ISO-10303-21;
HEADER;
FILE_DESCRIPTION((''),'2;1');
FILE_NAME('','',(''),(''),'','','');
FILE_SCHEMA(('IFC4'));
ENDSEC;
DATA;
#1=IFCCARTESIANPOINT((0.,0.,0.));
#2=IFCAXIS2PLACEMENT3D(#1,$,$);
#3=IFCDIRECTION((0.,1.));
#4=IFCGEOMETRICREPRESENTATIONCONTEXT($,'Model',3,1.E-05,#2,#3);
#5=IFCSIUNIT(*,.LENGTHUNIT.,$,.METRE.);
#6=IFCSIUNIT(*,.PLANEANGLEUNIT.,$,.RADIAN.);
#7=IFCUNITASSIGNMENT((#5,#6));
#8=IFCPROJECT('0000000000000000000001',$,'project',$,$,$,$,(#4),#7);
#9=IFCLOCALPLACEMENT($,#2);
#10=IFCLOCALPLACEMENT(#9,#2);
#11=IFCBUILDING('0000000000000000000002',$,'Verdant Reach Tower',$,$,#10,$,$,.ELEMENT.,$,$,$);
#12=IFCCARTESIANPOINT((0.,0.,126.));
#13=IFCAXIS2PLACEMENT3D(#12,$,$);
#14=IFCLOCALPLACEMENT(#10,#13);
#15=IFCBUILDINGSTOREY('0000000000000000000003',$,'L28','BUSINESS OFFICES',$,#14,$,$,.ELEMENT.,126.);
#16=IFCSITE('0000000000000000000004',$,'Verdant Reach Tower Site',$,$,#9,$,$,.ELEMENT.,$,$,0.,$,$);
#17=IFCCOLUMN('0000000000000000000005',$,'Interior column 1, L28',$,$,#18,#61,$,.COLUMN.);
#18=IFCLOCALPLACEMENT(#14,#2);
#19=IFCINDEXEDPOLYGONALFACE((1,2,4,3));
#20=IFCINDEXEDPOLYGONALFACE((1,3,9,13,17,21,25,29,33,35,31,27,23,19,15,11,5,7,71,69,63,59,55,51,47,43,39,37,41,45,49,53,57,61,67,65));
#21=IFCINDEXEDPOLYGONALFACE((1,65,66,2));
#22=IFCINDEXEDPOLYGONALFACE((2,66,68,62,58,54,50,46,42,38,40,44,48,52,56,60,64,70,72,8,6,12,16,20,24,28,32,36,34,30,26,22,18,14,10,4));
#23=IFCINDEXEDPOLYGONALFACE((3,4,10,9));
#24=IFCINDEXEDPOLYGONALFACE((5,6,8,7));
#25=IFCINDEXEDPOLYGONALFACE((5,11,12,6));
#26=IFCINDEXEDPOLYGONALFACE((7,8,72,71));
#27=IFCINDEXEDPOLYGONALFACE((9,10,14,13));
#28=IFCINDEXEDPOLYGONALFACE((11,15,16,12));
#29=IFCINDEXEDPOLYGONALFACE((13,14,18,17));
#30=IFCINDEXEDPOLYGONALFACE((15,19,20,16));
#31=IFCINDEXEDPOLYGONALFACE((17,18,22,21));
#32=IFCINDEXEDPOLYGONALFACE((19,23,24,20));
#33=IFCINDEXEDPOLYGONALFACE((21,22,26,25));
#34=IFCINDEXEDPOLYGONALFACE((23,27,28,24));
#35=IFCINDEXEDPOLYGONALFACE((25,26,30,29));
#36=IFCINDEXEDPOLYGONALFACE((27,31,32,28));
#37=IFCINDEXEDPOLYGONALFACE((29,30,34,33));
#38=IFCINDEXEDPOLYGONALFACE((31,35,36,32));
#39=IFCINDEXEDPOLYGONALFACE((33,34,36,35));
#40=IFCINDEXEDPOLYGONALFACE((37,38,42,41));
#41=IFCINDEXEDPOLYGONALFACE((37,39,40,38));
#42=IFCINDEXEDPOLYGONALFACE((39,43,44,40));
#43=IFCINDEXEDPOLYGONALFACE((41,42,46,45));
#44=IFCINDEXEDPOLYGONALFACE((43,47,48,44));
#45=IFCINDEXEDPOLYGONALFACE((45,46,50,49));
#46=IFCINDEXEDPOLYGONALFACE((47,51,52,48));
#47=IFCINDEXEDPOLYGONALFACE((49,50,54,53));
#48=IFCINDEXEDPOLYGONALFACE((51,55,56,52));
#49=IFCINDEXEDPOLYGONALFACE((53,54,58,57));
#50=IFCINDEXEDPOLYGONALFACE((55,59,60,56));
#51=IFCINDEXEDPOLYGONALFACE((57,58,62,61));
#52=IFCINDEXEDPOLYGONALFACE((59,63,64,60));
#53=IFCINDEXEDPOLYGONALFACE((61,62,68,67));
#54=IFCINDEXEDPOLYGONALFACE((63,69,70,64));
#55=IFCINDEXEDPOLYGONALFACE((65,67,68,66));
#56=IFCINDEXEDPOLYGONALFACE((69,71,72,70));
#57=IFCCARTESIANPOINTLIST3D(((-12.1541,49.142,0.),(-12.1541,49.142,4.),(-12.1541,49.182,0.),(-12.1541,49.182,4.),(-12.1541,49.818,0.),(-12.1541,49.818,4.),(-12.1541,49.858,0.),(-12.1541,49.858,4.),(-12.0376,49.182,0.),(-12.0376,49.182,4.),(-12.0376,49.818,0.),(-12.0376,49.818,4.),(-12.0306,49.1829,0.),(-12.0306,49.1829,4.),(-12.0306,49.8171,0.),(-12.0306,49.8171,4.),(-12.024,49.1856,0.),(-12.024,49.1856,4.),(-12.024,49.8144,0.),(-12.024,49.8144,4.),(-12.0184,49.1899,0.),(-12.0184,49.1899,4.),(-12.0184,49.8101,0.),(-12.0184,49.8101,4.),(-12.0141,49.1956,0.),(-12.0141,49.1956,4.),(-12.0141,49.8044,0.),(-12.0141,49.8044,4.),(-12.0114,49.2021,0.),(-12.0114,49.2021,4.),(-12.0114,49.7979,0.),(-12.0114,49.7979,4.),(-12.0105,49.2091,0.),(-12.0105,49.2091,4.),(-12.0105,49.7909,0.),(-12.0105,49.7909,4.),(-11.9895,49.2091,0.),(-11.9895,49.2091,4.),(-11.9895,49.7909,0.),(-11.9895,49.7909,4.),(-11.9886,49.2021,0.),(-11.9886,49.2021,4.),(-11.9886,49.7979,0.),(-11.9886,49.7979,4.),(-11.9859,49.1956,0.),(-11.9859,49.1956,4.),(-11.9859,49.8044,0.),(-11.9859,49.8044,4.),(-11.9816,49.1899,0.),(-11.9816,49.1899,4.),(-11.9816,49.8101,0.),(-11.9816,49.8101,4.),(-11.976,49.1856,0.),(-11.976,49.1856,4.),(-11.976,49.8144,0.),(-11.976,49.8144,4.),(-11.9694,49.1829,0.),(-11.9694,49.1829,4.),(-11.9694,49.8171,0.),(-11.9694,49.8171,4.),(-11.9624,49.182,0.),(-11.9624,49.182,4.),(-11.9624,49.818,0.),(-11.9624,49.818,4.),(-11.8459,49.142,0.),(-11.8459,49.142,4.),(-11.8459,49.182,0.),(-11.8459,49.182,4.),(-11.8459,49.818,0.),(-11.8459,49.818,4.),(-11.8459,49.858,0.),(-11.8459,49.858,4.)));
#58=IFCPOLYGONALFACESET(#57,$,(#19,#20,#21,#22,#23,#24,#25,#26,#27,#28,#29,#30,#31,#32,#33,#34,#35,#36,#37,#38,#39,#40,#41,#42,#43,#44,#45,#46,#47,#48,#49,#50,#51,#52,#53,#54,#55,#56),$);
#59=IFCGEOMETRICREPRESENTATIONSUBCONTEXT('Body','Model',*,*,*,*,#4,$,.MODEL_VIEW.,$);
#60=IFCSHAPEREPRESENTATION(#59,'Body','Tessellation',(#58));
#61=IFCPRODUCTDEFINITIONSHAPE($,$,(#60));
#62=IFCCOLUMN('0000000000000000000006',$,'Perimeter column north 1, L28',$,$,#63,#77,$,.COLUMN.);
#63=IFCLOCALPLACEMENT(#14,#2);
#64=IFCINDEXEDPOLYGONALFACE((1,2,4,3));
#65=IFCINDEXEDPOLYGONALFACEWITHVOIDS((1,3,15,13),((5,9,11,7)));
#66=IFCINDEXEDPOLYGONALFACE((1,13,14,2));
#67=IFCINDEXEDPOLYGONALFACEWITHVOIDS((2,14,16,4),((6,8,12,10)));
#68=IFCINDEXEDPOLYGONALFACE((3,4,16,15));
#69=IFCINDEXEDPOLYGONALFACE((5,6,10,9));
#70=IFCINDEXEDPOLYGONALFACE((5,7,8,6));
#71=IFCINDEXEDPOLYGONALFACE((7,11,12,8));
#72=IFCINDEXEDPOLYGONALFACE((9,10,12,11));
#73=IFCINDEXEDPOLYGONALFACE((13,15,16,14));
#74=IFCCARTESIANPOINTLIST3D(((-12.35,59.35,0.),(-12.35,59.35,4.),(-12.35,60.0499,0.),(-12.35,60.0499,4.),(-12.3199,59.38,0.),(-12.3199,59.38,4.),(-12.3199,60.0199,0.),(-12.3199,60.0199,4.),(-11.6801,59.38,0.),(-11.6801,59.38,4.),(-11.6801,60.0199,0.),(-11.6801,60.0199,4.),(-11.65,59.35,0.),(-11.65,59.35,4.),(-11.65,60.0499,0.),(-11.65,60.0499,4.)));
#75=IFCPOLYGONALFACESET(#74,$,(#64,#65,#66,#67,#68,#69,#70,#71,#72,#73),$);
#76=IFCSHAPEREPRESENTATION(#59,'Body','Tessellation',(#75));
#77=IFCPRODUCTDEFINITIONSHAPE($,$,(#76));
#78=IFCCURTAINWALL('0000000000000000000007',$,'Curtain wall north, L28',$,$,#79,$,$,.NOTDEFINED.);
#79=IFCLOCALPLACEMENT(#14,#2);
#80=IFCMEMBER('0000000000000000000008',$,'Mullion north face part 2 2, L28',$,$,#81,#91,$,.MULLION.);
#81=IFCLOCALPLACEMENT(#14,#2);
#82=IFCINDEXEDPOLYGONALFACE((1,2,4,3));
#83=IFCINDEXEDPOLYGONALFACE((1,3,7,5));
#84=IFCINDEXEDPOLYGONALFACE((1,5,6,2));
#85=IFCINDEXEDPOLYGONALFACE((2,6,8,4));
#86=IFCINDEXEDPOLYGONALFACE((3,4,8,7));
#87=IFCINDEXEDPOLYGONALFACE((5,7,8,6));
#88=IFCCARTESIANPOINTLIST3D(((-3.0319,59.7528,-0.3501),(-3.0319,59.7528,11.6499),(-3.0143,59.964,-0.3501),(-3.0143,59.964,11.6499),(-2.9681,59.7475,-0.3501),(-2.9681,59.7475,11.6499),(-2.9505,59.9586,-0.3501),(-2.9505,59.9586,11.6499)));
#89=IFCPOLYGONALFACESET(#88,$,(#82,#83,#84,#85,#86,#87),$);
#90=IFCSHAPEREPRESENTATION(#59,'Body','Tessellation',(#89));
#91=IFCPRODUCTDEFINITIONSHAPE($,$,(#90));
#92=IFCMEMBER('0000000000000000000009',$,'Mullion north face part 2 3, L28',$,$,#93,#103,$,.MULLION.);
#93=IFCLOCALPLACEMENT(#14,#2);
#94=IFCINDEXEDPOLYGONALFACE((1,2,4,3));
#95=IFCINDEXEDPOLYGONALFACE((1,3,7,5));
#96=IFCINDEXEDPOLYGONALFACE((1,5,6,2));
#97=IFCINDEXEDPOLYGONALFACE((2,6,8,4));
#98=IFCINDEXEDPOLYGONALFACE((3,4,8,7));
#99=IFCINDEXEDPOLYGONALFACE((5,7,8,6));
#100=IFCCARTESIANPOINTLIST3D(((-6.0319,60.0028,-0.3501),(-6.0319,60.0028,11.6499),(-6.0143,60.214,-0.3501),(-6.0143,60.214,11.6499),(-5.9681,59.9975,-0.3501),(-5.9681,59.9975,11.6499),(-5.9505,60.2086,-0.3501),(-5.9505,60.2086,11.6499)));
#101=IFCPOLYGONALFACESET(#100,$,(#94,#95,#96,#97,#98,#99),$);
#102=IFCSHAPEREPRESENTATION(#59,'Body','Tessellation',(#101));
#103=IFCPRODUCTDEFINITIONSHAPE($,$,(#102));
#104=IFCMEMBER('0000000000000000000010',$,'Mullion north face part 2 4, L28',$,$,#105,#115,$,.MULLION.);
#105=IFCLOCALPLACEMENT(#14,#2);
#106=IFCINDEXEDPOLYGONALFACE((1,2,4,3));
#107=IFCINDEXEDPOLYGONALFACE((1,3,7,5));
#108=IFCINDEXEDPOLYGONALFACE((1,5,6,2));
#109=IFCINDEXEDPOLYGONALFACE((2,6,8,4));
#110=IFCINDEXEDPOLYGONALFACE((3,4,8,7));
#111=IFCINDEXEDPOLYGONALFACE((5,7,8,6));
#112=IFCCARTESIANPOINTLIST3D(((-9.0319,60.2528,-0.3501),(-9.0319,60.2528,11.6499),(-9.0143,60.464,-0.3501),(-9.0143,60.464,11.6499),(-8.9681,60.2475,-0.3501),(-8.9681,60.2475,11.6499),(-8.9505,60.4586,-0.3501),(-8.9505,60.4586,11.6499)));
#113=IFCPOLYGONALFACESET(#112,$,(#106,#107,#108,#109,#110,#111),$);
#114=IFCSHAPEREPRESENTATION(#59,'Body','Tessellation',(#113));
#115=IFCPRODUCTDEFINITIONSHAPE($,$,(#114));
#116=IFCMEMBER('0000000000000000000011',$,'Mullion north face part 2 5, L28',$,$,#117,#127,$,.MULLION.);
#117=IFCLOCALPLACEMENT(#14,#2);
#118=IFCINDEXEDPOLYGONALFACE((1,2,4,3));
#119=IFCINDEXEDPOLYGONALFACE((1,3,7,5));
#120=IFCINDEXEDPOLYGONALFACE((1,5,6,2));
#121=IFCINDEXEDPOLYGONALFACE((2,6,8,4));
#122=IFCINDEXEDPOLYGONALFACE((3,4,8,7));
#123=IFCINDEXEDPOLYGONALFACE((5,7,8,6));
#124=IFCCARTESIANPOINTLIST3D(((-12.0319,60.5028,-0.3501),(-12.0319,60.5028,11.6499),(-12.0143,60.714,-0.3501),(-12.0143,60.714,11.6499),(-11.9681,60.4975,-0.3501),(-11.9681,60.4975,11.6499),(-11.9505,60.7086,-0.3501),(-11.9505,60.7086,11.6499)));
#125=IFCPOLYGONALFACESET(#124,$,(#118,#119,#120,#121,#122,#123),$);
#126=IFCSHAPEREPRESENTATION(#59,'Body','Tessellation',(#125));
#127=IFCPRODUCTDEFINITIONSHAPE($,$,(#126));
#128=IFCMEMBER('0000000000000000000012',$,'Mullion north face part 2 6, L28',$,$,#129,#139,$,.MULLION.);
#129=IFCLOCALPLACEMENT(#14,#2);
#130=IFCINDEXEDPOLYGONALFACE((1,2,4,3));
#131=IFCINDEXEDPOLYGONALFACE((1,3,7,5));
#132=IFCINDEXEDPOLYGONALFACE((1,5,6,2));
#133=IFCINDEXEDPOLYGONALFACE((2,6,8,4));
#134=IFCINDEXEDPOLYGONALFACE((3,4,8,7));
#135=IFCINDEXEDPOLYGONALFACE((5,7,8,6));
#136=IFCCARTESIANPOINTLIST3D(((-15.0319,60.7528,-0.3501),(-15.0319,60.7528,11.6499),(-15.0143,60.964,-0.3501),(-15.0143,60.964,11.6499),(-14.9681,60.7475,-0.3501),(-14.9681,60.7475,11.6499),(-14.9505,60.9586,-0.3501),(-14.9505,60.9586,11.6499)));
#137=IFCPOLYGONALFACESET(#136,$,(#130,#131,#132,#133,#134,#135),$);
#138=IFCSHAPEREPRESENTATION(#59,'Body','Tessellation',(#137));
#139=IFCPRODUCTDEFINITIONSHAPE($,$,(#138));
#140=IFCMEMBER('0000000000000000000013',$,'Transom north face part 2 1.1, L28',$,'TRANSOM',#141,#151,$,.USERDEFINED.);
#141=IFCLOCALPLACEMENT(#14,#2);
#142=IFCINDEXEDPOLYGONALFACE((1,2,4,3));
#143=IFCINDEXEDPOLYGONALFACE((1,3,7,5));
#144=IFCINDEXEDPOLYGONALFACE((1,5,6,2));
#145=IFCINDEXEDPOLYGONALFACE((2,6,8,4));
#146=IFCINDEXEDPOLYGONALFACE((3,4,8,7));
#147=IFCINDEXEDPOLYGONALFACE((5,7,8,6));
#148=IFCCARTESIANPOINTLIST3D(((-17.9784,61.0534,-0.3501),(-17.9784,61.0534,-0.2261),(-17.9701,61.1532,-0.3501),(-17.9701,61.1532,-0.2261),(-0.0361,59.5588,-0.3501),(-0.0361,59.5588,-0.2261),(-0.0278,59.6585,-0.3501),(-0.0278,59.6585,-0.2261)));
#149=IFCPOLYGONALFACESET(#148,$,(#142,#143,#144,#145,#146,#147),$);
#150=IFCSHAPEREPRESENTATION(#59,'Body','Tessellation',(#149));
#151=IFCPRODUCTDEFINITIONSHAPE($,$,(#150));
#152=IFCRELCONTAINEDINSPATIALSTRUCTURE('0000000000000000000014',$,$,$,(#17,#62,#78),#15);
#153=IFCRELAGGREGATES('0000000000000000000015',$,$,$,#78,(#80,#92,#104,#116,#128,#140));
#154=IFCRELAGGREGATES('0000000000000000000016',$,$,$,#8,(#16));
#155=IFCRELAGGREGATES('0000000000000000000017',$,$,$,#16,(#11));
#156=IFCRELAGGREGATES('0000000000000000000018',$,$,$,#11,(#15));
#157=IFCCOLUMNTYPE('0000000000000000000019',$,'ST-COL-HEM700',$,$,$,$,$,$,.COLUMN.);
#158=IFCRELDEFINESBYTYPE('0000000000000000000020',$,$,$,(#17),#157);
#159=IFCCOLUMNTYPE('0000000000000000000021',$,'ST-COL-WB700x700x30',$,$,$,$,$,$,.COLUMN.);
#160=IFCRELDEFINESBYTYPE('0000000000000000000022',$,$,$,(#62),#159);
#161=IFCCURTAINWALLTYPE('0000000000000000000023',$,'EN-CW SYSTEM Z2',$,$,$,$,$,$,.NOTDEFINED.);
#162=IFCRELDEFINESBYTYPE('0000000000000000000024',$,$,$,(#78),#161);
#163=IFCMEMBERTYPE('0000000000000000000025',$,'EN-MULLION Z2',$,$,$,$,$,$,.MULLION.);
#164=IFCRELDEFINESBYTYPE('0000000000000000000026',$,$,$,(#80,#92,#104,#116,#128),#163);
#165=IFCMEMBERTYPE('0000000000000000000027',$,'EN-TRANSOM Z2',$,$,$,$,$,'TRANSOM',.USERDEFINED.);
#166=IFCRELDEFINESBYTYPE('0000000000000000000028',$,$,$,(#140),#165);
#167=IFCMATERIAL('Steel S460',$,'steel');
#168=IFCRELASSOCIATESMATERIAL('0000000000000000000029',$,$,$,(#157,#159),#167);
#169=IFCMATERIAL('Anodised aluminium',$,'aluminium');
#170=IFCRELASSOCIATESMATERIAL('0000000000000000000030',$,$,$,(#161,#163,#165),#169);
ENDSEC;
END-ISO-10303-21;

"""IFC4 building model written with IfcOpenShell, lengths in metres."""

from ifc_helpers import new_model, si_unit, direction, frame, origin, origin_2d, place, context, subcontext, project, spatial, rectangle, hollow_rectangle, i_section, extrude, material, material_profile, profile_set, type_object, element, aggregate, save


model = new_model("IFC4")

# Units and contexts
model_context = context("Model", 3, precision=1e-05, world=origin(), true_north=direction((0.0, 1.0)))
body_context = subcontext(model_context, "Body", "Model", "MODEL_VIEW")
ifc_project = project(units=[si_unit("LENGTHUNIT", "METRE"), si_unit("PLANEANGLEUNIT", "RADIAN")], contexts=[model_context])

# Site, building, storey
site_placement = place(None, origin())
site = spatial("IfcSite", under=ifc_project, at=site_placement, Name="Verdant Reach Tower Site", CompositionType="ELEMENT", RefElevation=0.0)
building_placement = place(site_placement, origin())
building = spatial("IfcBuilding", under=site, at=building_placement, Name="Verdant Reach Tower", CompositionType="ELEMENT")
storey_placement = place(building_placement, frame((0.0, 0.0, 126.0)))
storey = spatial("IfcBuildingStorey", under=building, at=storey_placement, Name="L28", Description="BUSINESS OFFICES", CompositionType="ELEMENT", Elevation=126.0)

# Columns
ifc_material_1 = material(Name="Steel S460", Category="steel")
ifc_material_profile_1 = material_profile(ifc_material_1, i_section(OverallWidth=0.3081, OverallDepth=0.7161, WebThickness=0.021, FlangeThickness=0.04, FilletRadius=0.0271, at=origin_2d()), Name="HEM 700")
ifc_profile_set_1 = profile_set([ifc_material_profile_1], Name="Steel S460")
column_type_1 = type_object("IfcColumnType", Name="ST-COL-HEM700", PredefinedType="COLUMN", material=ifc_profile_set_1)
column_1_placement = place(storey_placement, frame((-12.0, 49.5, 0.0), z_axis=(0.0, 0.0, 1.0), x_axis=(1.0, 0.0, 0.0)))
element("IfcColumn", 1, at=column_1_placement, inside=storey, type_object=column_type_1, Name="Interior column 1, L28", PredefinedType="COLUMN", context=body_context, shape_type="SweptSolid", body=[
    extrude(i_section(OverallWidth=0.3081, OverallDepth=0.7161, WebThickness=0.021, FlangeThickness=0.04, FilletRadius=0.0271, at=origin_2d()), origin(), (0.0, 0.0, 1.0), 4.0),
])
ifc_material_profile_2 = material_profile(ifc_material_1, hollow_rectangle(XDim=0.7, YDim=0.7, WallThickness=0.03, at=origin_2d()), Name="WB 700x700x30")
ifc_profile_set_2 = profile_set([ifc_material_profile_2], Name="Steel S460")
column_type_2 = type_object("IfcColumnType", Name="ST-COL-WB700x700x30", PredefinedType="COLUMN", material=ifc_profile_set_2)
column_2_placement = place(storey_placement, frame((-12.0, 59.7, 0.0), z_axis=(0.0, 0.0, 1.0), x_axis=(1.0, 0.0, 0.0)))
element("IfcColumn", 2, at=column_2_placement, inside=storey, type_object=column_type_2, Name="Perimeter column north 1, L28", PredefinedType="COLUMN", context=body_context, shape_type="SweptSolid", body=[
    extrude(hollow_rectangle(XDim=0.7, YDim=0.7, WallThickness=0.03, at=origin_2d()), origin(), (0.0, 0.0, 1.0), 4.0),
])

# Curtain wall, members
ifc_material_2 = material(Name="Anodised aluminium", Category="aluminium")
curtain_wall_type = type_object("IfcCurtainWallType", Name="EN-CW SYSTEM Z2", PredefinedType="NOTDEFINED", material=ifc_material_2)
curtain_wall_placement = place(storey_placement, origin())
curtain_wall = element("IfcCurtainWall", 3, at=curtain_wall_placement, inside=storey, type_object=curtain_wall_type, Name="Curtain wall north, L28", PredefinedType="NOTDEFINED")
ifc_material_profile_3 = material_profile(ifc_material_2, rectangle(XDim=0.2119, YDim=0.064, at=origin_2d()), Name="Mullion 64x212")
ifc_profile_set_3 = profile_set([ifc_material_profile_3], Name="Anodised aluminium")
member_type_1 = type_object("IfcMemberType", Name="EN-MULLION Z2", PredefinedType="MULLION", material=ifc_profile_set_3)
member_1_placement = place(storey_placement, frame((-2.9912, 59.8557, -0.3501), z_axis=(0.0, 0.0, 1.0), x_axis=(0.083045, 0.996546, 0.0)))
member_1 = element("IfcMember", 4, at=member_1_placement, type_object=member_type_1, Name="Mullion north face part 2 2, L28", PredefinedType="MULLION", context=body_context, shape_type="SweptSolid", body=[
    extrude(rectangle(XDim=0.2119, YDim=0.064, at=origin_2d()), origin(), (0.0, 0.0, 1.0), 12.0),
])
member_2_placement = place(storey_placement, frame((-5.9912, 60.1057, -0.3501), z_axis=(0.0, 0.0, 1.0), x_axis=(0.083045, 0.996546, 0.0)))
member_2 = element("IfcMember", 5, at=member_2_placement, type_object=member_type_1, Name="Mullion north face part 2 3, L28", PredefinedType="MULLION", context=body_context, shape_type="SweptSolid", body=[
    extrude(rectangle(XDim=0.2119, YDim=0.064, at=origin_2d()), origin(), (0.0, 0.0, 1.0), 12.0),
])
member_3_placement = place(storey_placement, frame((-8.9912, 60.3557, -0.3501), z_axis=(0.0, 0.0, 1.0), x_axis=(0.083045, 0.996546, 0.0)))
member_3 = element("IfcMember", 6, at=member_3_placement, type_object=member_type_1, Name="Mullion north face part 2 4, L28", PredefinedType="MULLION", context=body_context, shape_type="SweptSolid", body=[
    extrude(rectangle(XDim=0.2119, YDim=0.064, at=origin_2d()), origin(), (0.0, 0.0, 1.0), 12.0),
])
member_4_placement = place(storey_placement, frame((-11.9912, 60.6057, -0.3501), z_axis=(0.0, 0.0, 1.0), x_axis=(0.083045, 0.996546, 0.0)))
member_4 = element("IfcMember", 7, at=member_4_placement, type_object=member_type_1, Name="Mullion north face part 2 5, L28", PredefinedType="MULLION", context=body_context, shape_type="SweptSolid", body=[
    extrude(rectangle(XDim=0.2119, YDim=0.064, at=origin_2d()), origin(), (0.0, 0.0, 1.0), 12.0),
])
member_5_placement = place(storey_placement, frame((-14.9912, 60.8557, -0.3501), z_axis=(0.0, 0.0, 1.0), x_axis=(0.083045, 0.996546, 0.0)))
member_5 = element("IfcMember", 8, at=member_5_placement, type_object=member_type_1, Name="Mullion north face part 2 6, L28", PredefinedType="MULLION", context=body_context, shape_type="SweptSolid", body=[
    extrude(rectangle(XDim=0.2119, YDim=0.064, at=origin_2d()), origin(), (0.0, 0.0, 1.0), 12.0),
])
ifc_material_profile_4 = material_profile(ifc_material_2, rectangle(XDim=0.1001, YDim=0.124, at=origin_2d()), Name="Transom 124x100")
ifc_profile_set_4 = profile_set([ifc_material_profile_4], Name="Anodised aluminium")
member_type_2 = type_object("IfcMemberType", Name="EN-TRANSOM Z2", ElementType="TRANSOM", PredefinedType="USERDEFINED", material=ifc_profile_set_4)
member_6_placement = place(storey_placement, frame((-0.032, 59.6086, -0.2881), z_axis=(-0.996548, 0.083015, 0.0), x_axis=(-0.083015, -0.996548, 0.0)))
member_6 = element("IfcMember", 9, at=member_6_placement, type_object=member_type_2, Name="Transom north face part 2 1.1, L28", ObjectType="TRANSOM", PredefinedType="USERDEFINED", context=body_context, shape_type="SweptSolid", body=[
    extrude(rectangle(XDim=0.1001, YDim=0.124, at=origin_2d()), origin(), (0.0, 0.0, 1.0), 18.0044),
])

aggregate(curtain_wall, [member_1, member_2, member_3, member_4, member_5, member_6])

save(model, "model.ifc")
